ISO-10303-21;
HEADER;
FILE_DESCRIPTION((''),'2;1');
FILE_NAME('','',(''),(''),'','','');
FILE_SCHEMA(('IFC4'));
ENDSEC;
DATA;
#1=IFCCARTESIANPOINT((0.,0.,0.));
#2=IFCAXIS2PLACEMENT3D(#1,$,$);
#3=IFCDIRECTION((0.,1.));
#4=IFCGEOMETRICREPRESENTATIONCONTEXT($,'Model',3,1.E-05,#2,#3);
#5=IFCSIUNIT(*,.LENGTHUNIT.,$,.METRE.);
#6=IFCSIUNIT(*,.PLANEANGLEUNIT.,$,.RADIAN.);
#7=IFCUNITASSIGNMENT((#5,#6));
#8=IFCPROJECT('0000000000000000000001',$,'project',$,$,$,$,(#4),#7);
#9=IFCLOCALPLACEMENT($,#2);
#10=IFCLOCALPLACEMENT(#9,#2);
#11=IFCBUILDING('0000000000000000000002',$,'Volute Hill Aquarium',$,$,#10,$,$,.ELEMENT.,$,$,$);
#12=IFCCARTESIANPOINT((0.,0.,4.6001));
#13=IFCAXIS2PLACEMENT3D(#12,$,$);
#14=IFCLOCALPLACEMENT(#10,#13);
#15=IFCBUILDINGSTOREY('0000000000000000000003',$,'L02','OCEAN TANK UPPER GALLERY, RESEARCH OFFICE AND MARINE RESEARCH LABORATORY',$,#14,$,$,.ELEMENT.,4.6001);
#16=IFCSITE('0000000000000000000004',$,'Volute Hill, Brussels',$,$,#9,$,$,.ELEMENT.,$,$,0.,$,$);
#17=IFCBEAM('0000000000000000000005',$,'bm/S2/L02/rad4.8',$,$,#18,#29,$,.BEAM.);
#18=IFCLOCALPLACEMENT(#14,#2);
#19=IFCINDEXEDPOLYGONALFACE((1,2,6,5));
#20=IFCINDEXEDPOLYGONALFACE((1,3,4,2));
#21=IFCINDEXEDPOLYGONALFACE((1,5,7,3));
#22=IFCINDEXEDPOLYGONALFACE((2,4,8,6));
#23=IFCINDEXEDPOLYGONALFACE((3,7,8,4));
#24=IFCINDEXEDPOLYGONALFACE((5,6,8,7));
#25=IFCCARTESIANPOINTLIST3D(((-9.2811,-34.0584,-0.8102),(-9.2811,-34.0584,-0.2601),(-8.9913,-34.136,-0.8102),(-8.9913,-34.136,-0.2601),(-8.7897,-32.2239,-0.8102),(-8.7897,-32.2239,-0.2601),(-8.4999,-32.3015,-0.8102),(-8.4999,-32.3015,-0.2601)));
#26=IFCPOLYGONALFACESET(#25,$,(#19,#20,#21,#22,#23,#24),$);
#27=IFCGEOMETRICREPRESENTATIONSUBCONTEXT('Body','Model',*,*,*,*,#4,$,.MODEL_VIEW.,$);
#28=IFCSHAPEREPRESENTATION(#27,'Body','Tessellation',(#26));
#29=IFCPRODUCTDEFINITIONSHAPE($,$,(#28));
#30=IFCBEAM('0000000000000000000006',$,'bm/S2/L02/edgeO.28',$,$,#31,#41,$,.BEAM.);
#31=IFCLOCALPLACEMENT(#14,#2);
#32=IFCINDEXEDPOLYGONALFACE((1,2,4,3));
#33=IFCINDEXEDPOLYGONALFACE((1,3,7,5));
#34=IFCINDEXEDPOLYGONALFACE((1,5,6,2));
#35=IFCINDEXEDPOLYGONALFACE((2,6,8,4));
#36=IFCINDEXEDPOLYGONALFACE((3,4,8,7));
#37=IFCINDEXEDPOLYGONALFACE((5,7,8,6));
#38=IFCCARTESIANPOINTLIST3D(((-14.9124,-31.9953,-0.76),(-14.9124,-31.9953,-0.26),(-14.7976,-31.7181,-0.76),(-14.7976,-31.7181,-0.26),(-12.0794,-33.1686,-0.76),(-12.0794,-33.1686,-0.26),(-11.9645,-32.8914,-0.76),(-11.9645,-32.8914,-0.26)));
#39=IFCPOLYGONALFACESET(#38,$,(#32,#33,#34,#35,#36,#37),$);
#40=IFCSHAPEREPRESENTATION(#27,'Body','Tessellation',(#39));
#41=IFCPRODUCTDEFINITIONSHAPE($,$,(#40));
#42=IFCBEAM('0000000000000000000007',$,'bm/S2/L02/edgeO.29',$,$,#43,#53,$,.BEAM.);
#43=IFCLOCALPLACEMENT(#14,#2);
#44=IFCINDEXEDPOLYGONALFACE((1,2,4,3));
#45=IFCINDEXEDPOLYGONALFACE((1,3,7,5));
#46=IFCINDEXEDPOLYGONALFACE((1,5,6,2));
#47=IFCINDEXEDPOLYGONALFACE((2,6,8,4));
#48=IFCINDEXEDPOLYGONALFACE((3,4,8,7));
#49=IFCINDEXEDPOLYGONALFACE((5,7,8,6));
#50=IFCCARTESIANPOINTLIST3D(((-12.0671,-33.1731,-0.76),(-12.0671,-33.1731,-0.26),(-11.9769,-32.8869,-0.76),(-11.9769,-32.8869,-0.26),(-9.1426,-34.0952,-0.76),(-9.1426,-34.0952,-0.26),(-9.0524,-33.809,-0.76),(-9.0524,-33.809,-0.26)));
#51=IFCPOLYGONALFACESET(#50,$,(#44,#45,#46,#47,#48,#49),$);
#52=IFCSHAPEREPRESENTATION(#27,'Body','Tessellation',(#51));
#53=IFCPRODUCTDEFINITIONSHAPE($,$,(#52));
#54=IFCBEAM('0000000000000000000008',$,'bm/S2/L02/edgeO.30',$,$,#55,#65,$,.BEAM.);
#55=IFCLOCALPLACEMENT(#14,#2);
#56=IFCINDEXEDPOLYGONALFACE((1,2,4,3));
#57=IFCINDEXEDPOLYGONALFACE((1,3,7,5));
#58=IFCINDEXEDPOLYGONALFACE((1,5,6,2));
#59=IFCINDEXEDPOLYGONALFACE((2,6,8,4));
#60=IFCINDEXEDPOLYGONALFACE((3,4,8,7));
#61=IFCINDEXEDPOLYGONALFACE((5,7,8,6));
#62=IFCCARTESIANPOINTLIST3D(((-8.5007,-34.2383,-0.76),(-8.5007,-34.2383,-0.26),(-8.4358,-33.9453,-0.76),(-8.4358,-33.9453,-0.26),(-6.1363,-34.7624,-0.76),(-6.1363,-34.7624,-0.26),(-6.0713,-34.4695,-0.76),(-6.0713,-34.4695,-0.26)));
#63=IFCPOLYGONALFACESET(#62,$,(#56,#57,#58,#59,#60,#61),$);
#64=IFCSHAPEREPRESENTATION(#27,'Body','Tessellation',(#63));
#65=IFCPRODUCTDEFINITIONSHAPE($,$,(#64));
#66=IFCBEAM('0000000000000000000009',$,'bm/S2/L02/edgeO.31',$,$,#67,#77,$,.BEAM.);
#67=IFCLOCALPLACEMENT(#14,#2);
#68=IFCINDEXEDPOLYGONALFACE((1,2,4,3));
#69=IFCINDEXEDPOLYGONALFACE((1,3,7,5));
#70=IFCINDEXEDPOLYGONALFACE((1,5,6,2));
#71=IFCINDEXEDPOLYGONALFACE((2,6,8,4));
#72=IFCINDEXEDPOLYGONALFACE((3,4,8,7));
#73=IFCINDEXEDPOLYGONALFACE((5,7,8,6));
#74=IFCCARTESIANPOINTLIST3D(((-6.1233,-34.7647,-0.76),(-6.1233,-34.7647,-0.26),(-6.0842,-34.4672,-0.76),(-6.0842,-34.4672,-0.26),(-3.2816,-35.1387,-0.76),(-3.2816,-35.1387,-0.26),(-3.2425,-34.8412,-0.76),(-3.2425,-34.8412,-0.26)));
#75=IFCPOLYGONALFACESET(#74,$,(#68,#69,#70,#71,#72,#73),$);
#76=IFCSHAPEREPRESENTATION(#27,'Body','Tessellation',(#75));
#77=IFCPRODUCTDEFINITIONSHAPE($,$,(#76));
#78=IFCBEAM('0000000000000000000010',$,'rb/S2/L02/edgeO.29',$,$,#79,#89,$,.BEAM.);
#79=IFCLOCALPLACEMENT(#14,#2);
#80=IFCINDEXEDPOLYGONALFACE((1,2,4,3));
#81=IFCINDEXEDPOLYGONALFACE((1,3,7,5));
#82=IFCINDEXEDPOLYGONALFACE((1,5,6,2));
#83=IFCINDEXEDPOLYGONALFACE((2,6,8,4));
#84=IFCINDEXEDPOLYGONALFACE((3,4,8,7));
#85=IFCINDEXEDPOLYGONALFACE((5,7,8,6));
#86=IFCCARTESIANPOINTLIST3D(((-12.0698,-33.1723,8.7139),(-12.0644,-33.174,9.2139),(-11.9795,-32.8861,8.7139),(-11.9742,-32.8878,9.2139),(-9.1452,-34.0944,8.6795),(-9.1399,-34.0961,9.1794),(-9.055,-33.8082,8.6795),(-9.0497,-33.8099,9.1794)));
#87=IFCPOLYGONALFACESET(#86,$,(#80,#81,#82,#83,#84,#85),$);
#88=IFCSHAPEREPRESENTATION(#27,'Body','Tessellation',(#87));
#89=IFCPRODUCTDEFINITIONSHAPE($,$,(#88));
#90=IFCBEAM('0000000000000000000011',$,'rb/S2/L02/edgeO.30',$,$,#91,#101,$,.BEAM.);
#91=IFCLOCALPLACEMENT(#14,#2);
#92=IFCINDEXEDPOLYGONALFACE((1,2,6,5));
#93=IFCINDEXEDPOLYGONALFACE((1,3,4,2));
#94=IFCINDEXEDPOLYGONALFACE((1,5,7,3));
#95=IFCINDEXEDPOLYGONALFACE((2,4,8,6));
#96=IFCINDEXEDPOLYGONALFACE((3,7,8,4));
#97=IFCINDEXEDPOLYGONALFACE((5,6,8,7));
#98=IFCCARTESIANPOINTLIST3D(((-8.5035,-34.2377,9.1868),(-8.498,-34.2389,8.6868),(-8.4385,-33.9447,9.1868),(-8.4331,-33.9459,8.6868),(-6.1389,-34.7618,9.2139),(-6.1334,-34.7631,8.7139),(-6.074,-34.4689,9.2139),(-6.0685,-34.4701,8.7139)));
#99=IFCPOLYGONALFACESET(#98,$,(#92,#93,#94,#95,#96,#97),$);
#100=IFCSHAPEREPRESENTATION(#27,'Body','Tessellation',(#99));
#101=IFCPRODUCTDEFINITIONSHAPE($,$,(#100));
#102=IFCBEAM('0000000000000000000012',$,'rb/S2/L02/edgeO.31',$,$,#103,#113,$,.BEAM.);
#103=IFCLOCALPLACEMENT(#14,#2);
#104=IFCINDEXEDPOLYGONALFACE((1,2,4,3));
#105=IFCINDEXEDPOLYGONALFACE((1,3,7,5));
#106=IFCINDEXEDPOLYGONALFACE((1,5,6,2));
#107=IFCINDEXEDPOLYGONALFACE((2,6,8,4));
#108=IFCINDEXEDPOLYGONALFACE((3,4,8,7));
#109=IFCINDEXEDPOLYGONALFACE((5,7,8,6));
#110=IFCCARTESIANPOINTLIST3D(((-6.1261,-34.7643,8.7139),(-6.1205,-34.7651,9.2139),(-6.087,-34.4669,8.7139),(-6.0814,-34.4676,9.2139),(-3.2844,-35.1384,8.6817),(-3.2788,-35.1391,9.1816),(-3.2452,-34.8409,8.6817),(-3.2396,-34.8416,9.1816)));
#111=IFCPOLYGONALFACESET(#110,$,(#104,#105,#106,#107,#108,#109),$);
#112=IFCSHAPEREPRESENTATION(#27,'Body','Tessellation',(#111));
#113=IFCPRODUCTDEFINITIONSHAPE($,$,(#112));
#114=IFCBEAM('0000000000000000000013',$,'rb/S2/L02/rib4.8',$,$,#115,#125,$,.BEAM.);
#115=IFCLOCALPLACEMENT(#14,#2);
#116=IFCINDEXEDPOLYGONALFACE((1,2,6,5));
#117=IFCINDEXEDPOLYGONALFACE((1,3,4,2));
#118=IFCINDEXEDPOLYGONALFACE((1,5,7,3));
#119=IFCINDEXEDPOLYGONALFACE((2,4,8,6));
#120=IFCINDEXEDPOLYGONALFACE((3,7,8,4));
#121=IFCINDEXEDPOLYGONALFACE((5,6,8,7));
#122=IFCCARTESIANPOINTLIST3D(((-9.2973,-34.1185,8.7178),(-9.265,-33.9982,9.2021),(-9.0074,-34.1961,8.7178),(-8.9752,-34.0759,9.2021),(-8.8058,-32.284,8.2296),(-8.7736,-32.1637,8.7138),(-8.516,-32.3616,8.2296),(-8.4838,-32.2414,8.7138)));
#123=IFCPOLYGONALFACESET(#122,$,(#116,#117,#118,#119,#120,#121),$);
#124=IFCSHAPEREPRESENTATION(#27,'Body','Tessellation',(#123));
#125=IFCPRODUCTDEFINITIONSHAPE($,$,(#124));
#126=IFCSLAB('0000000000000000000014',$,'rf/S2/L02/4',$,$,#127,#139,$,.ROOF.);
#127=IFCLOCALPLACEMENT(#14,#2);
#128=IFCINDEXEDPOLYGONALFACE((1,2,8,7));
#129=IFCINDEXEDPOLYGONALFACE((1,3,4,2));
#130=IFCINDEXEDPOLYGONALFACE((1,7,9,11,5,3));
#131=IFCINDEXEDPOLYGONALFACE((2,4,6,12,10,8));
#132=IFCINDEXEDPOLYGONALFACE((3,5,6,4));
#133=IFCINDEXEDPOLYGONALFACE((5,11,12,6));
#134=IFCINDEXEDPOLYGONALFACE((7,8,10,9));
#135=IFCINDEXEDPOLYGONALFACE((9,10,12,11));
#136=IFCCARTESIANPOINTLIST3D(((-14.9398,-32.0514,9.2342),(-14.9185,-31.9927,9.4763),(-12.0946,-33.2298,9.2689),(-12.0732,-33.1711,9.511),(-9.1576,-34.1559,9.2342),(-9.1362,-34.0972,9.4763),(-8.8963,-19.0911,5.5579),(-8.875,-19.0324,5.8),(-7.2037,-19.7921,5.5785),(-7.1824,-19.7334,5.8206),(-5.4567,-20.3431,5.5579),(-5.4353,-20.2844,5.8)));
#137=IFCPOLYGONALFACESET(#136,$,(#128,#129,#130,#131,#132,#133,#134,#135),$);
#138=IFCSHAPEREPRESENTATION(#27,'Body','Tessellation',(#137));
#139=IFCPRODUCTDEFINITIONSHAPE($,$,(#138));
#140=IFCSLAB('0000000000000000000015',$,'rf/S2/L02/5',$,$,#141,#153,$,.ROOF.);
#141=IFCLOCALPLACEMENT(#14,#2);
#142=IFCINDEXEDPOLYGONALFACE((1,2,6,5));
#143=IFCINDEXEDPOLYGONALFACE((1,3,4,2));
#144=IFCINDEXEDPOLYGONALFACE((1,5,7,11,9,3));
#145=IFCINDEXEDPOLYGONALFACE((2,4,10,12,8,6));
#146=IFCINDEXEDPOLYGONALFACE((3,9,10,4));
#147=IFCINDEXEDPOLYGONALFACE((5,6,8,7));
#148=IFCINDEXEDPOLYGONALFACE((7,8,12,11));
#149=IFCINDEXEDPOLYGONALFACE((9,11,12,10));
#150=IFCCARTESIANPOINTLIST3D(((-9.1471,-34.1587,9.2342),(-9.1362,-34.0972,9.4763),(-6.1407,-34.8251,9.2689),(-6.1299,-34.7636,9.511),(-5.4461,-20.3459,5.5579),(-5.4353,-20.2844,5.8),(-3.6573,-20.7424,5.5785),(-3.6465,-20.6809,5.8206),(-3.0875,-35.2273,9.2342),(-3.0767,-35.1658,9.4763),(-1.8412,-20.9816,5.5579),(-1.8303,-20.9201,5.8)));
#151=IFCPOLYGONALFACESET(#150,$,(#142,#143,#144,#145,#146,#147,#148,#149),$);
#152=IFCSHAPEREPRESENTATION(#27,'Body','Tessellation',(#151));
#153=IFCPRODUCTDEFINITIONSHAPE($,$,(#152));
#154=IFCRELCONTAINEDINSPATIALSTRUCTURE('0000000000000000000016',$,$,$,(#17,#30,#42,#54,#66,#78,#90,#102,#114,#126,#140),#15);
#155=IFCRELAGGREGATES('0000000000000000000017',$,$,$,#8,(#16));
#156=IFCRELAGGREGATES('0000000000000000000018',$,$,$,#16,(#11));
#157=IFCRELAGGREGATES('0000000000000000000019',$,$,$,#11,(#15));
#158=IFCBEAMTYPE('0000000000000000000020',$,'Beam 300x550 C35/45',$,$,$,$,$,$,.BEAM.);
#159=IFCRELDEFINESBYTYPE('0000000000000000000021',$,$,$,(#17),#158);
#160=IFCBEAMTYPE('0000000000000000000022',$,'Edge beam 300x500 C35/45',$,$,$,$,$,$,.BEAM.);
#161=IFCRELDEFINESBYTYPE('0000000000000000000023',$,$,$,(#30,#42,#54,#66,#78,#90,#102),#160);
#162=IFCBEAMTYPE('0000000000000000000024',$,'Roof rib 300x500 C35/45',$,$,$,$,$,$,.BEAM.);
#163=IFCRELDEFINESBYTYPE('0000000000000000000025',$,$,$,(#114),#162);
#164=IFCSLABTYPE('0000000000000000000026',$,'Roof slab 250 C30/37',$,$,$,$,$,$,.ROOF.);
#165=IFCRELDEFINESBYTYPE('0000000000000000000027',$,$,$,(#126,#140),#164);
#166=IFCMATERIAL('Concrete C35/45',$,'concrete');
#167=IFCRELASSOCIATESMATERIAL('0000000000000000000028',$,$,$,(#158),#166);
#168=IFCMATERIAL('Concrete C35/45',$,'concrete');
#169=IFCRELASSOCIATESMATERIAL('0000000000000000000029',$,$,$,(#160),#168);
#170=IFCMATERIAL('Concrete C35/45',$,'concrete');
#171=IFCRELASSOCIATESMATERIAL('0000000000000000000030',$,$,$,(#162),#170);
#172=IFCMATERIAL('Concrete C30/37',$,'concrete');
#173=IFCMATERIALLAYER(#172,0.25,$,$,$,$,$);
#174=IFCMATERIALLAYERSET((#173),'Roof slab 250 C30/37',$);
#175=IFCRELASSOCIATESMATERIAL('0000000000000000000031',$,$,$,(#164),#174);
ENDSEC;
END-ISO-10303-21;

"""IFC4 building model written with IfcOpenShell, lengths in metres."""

from ifc_helpers import new_model, si_unit, direction, frame, origin, origin_2d, place, context, subcontext, project, spatial, polyline, rectangle, outline, extrude, material, layer, layer_set, material_profile, profile_set, type_object, element, save


model = new_model("IFC4")

# Units and contexts
model_context = context("Model", 3, precision=1e-05, world=origin(), true_north=direction((0.0, 1.0)))
body_context = subcontext(model_context, "Body", "Model", "MODEL_VIEW")
ifc_project = project(units=[si_unit("LENGTHUNIT", "METRE"), si_unit("PLANEANGLEUNIT", "RADIAN")], contexts=[model_context])

# Site, building, storey
site_placement = place(None, origin())
site = spatial("IfcSite", under=ifc_project, at=site_placement, Name="Volute Hill, Brussels", CompositionType="ELEMENT", RefElevation=0.0)
building_placement = place(site_placement, origin())
building = spatial("IfcBuilding", under=site, at=building_placement, Name="Volute Hill Aquarium", CompositionType="ELEMENT")
storey_placement = place(building_placement, frame((0.0, 0.0, 4.6001)))
storey = spatial("IfcBuildingStorey", under=building, at=storey_placement, Name="L02", Description="OCEAN TANK UPPER GALLERY, RESEARCH OFFICE AND MARINE RESEARCH LABORATORY", CompositionType="ELEMENT", Elevation=4.6001)

# Beams
ifc_material_1 = material(Name="Concrete C35/45", Category="concrete")
ifc_material_profile_1 = material_profile(ifc_material_1, rectangle(XDim=0.3, YDim=0.55, at=origin_2d()), Name="RC beam 300x550")
ifc_profile_set_1 = profile_set([ifc_material_profile_1], Name="Concrete C35/45")
beam_type_1 = type_object("IfcBeamType", Name="Beam 300x550 C35/45", PredefinedType="BEAM", material=ifc_profile_set_1)
beam_1_placement = place(storey_placement, frame((-8.6448, -32.2627, -0.5352), z_axis=(-0.258775, -0.965938, 0.0), x_axis=(0.965938, -0.258775, 0.0)))
element("IfcBeam", 1, at=beam_1_placement, inside=storey, type_object=beam_type_1, Name="bm/S2/L02/rad4.8", PredefinedType="BEAM", context=body_context, shape_type="SweptSolid", body=[
    extrude(rectangle(XDim=0.3, YDim=0.55, at=origin_2d()), origin(), (0.0, 0.0, 1.0), 1.8992),
])
ifc_material_2 = material(Name="Concrete C35/45", Category="concrete")
ifc_material_profile_2 = material_profile(ifc_material_2, rectangle(XDim=0.3, YDim=0.5, at=origin_2d()), Name="RC edge beam 300x500")
ifc_profile_set_2 = profile_set([ifc_material_profile_2], Name="Concrete C35/45")
beam_type_2 = type_object("IfcBeamType", Name="Edge beam 300x500 C35/45", PredefinedType="BEAM", material=ifc_profile_set_2)
for number, where, z_axis, x_axis, name in (
    (2, (-14.855, -31.8567, -0.51), (0.923895, -0.382647, 0.0), (0.382647, 0.923895, 0.0), "bm/S2/L02/edgeO.28"),
    (3, (-12.022, -33.03, -0.51), (0.953716, -0.300708, 0.0), (0.300708, 0.953716, 0.0), "bm/S2/L02/edgeO.29"),
):
    element("IfcBeam", number, at=place(storey_placement, frame(where, z_axis=z_axis, x_axis=x_axis)), inside=storey, type_object=beam_type_2, Name=name, PredefinedType="BEAM", context=body_context, shape_type="SweptSolid", body=[
        extrude(rectangle(XDim=0.3, YDim=0.5, at=origin_2d()), origin(), (0.0, 0.0, 1.0), 3.0664),
    ])
beam_2_placement = place(storey_placement, frame((-8.4683, -34.0918, -0.51), z_axis=(0.976298, -0.216429, 0.0), x_axis=(0.216429, 0.976298, 0.0)))
element("IfcBeam", 4, at=beam_2_placement, inside=storey, type_object=beam_type_2, Name="bm/S2/L02/edgeO.30", PredefinedType="BEAM", context=body_context, shape_type="SweptSolid", body=[
    extrude(rectangle(XDim=0.3, YDim=0.5, at=origin_2d()), origin(), (0.0, 0.0, 1.0), 2.4219),
])
beam_3_placement = place(storey_placement, frame((-6.1038, -34.616, -0.51), z_axis=(0.99145, -0.13049, 0.0), x_axis=(0.13049, 0.99145, 0.0)))
element("IfcBeam", 5, at=beam_3_placement, inside=storey, type_object=beam_type_2, Name="bm/S2/L02/edgeO.31", PredefinedType="BEAM", context=body_context, shape_type="SweptSolid", body=[
    extrude(rectangle(XDim=0.3, YDim=0.5, at=origin_2d()), origin(), (0.0, 0.0, 1.0), 2.8662),
])
beam_4_placement = place(storey_placement, frame((-12.022, -33.03, 8.9639), z_axis=(0.953656, -0.300689, -0.011225), x_axis=(0.300708, 0.953716, 0.0)))
element("IfcBeam", 6, at=beam_4_placement, inside=storey, type_object=beam_type_2, Name="rb/S2/L02/edgeO.29", PredefinedType="BEAM", context=body_context, shape_type="SweptSolid", body=[
    extrude(rectangle(XDim=0.3, YDim=0.5, at=origin_2d()), origin(), (0.0, 0.0, 1.0), 3.0667),
])
beam_5_placement = place(storey_placement, frame((-8.4683, -34.0918, 8.9368), z_axis=(0.976237, -0.216415, 0.011189), x_axis=(0.216429, 0.976298, 0.0)))
element("IfcBeam", 7, at=beam_5_placement, inside=storey, type_object=beam_type_2, Name="rb/S2/L02/edgeO.30", PredefinedType="BEAM", context=body_context, shape_type="SweptSolid", body=[
    extrude(rectangle(XDim=0.3, YDim=0.5, at=origin_2d()), origin(), (0.0, 0.0, 1.0), 2.4221),
])
beam_6_placement = place(storey_placement, frame((-6.1038, -34.616, 8.9639), z_axis=(0.991387, -0.130482, -0.011243), x_axis=(0.13049, 0.99145, 0.0)))
element("IfcBeam", 8, at=beam_6_placement, inside=storey, type_object=beam_type_2, Name="rb/S2/L02/edgeO.31", PredefinedType="BEAM", context=body_context, shape_type="SweptSolid", body=[
    extrude(rectangle(XDim=0.3, YDim=0.5, at=origin_2d()), origin(), (0.0, 0.0, 1.0), 2.8665),
])
ifc_material_3 = material(Name="Concrete C35/45", Category="concrete")
ifc_material_profile_3 = material_profile(ifc_material_3, rectangle(XDim=0.3, YDim=0.5, at=origin_2d()), Name="RC rib 300x500")
ifc_profile_set_3 = profile_set([ifc_material_profile_3], Name="Concrete C35/45")
beam_type_3 = type_object("IfcBeamType", Name="Roof rib 300x500 C35/45", PredefinedType="BEAM", material=ifc_profile_set_3)
beam_7_placement = place(storey_placement, frame((-8.6448, -32.2627, 8.4717), z_axis=(-0.250624, -0.935513, 0.249005), x_axis=(0.965938, -0.258775, 0.0)))
element("IfcBeam", 9, at=beam_7_placement, inside=storey, type_object=beam_type_3, Name="rb/S2/L02/rib4.8", PredefinedType="BEAM", context=body_context, shape_type="SweptSolid", body=[
    extrude(rectangle(XDim=0.3, YDim=0.5, at=origin_2d()), origin(), (0.0, 0.0, 1.0), 1.9609),
])

# Slabs
ifc_material_4 = material(Name="Concrete C30/37", Category="concrete")
ifc_layer_1 = layer(ifc_material_4, 0.25)
ifc_layer_set_1 = layer_set([ifc_layer_1], Name="Roof slab 250 C30/37")
slab_type = type_object("IfcSlabType", Name="Roof slab 250 C30/37", PredefinedType="ROOF", material=ifc_layer_set_1)
slab_1_placement = place(storey_placement, frame((-14.9185, -31.9927, 9.4763), z_axis=(0.085463, 0.234811, 0.968277), x_axis=(0.923835, -0.382626, 0.011248)))
element("IfcSlab", 10, at=slab_1_placement, inside=storey, type_object=slab_type, Name="rf/S2/L02/4", PredefinedType="ROOF", context=body_context, shape_type="SweptSolid", body=[
    extrude(outline(polyline([(0.0, 0.0), (3.0798, 0.0), (6.1471, 0.277), (4.2396, 14.9183), (2.415, 14.7536), (0.5829, 14.7536), (0.0, 0.0)])), origin(), (0.0, 0.0, -1.0), 0.25),
])
slab_2_placement = place(storey_placement, frame((-9.1362, -34.0972, 9.4763), z_axis=(0.043397, 0.246083, 0.968277), x_axis=(0.976237, -0.216413, 0.011247)))
element("IfcSlab", 11, at=slab_2_placement, inside=storey, type_object=slab_type, Name="rf/S2/L02/5", PredefinedType="ROOF", context=body_context, shape_type="SweptSolid", body=[
    extrude(outline(polyline([(0.0, 0.0), (3.0795, 0.0), (6.1468, 0.2769), (4.2393, 14.9183), (2.4147, 14.7535), (0.5824, 14.7535), (0.0, 0.0)])), origin(), (0.0, 0.0, -1.0), 0.25),
])

save(model, "model.ifc")
